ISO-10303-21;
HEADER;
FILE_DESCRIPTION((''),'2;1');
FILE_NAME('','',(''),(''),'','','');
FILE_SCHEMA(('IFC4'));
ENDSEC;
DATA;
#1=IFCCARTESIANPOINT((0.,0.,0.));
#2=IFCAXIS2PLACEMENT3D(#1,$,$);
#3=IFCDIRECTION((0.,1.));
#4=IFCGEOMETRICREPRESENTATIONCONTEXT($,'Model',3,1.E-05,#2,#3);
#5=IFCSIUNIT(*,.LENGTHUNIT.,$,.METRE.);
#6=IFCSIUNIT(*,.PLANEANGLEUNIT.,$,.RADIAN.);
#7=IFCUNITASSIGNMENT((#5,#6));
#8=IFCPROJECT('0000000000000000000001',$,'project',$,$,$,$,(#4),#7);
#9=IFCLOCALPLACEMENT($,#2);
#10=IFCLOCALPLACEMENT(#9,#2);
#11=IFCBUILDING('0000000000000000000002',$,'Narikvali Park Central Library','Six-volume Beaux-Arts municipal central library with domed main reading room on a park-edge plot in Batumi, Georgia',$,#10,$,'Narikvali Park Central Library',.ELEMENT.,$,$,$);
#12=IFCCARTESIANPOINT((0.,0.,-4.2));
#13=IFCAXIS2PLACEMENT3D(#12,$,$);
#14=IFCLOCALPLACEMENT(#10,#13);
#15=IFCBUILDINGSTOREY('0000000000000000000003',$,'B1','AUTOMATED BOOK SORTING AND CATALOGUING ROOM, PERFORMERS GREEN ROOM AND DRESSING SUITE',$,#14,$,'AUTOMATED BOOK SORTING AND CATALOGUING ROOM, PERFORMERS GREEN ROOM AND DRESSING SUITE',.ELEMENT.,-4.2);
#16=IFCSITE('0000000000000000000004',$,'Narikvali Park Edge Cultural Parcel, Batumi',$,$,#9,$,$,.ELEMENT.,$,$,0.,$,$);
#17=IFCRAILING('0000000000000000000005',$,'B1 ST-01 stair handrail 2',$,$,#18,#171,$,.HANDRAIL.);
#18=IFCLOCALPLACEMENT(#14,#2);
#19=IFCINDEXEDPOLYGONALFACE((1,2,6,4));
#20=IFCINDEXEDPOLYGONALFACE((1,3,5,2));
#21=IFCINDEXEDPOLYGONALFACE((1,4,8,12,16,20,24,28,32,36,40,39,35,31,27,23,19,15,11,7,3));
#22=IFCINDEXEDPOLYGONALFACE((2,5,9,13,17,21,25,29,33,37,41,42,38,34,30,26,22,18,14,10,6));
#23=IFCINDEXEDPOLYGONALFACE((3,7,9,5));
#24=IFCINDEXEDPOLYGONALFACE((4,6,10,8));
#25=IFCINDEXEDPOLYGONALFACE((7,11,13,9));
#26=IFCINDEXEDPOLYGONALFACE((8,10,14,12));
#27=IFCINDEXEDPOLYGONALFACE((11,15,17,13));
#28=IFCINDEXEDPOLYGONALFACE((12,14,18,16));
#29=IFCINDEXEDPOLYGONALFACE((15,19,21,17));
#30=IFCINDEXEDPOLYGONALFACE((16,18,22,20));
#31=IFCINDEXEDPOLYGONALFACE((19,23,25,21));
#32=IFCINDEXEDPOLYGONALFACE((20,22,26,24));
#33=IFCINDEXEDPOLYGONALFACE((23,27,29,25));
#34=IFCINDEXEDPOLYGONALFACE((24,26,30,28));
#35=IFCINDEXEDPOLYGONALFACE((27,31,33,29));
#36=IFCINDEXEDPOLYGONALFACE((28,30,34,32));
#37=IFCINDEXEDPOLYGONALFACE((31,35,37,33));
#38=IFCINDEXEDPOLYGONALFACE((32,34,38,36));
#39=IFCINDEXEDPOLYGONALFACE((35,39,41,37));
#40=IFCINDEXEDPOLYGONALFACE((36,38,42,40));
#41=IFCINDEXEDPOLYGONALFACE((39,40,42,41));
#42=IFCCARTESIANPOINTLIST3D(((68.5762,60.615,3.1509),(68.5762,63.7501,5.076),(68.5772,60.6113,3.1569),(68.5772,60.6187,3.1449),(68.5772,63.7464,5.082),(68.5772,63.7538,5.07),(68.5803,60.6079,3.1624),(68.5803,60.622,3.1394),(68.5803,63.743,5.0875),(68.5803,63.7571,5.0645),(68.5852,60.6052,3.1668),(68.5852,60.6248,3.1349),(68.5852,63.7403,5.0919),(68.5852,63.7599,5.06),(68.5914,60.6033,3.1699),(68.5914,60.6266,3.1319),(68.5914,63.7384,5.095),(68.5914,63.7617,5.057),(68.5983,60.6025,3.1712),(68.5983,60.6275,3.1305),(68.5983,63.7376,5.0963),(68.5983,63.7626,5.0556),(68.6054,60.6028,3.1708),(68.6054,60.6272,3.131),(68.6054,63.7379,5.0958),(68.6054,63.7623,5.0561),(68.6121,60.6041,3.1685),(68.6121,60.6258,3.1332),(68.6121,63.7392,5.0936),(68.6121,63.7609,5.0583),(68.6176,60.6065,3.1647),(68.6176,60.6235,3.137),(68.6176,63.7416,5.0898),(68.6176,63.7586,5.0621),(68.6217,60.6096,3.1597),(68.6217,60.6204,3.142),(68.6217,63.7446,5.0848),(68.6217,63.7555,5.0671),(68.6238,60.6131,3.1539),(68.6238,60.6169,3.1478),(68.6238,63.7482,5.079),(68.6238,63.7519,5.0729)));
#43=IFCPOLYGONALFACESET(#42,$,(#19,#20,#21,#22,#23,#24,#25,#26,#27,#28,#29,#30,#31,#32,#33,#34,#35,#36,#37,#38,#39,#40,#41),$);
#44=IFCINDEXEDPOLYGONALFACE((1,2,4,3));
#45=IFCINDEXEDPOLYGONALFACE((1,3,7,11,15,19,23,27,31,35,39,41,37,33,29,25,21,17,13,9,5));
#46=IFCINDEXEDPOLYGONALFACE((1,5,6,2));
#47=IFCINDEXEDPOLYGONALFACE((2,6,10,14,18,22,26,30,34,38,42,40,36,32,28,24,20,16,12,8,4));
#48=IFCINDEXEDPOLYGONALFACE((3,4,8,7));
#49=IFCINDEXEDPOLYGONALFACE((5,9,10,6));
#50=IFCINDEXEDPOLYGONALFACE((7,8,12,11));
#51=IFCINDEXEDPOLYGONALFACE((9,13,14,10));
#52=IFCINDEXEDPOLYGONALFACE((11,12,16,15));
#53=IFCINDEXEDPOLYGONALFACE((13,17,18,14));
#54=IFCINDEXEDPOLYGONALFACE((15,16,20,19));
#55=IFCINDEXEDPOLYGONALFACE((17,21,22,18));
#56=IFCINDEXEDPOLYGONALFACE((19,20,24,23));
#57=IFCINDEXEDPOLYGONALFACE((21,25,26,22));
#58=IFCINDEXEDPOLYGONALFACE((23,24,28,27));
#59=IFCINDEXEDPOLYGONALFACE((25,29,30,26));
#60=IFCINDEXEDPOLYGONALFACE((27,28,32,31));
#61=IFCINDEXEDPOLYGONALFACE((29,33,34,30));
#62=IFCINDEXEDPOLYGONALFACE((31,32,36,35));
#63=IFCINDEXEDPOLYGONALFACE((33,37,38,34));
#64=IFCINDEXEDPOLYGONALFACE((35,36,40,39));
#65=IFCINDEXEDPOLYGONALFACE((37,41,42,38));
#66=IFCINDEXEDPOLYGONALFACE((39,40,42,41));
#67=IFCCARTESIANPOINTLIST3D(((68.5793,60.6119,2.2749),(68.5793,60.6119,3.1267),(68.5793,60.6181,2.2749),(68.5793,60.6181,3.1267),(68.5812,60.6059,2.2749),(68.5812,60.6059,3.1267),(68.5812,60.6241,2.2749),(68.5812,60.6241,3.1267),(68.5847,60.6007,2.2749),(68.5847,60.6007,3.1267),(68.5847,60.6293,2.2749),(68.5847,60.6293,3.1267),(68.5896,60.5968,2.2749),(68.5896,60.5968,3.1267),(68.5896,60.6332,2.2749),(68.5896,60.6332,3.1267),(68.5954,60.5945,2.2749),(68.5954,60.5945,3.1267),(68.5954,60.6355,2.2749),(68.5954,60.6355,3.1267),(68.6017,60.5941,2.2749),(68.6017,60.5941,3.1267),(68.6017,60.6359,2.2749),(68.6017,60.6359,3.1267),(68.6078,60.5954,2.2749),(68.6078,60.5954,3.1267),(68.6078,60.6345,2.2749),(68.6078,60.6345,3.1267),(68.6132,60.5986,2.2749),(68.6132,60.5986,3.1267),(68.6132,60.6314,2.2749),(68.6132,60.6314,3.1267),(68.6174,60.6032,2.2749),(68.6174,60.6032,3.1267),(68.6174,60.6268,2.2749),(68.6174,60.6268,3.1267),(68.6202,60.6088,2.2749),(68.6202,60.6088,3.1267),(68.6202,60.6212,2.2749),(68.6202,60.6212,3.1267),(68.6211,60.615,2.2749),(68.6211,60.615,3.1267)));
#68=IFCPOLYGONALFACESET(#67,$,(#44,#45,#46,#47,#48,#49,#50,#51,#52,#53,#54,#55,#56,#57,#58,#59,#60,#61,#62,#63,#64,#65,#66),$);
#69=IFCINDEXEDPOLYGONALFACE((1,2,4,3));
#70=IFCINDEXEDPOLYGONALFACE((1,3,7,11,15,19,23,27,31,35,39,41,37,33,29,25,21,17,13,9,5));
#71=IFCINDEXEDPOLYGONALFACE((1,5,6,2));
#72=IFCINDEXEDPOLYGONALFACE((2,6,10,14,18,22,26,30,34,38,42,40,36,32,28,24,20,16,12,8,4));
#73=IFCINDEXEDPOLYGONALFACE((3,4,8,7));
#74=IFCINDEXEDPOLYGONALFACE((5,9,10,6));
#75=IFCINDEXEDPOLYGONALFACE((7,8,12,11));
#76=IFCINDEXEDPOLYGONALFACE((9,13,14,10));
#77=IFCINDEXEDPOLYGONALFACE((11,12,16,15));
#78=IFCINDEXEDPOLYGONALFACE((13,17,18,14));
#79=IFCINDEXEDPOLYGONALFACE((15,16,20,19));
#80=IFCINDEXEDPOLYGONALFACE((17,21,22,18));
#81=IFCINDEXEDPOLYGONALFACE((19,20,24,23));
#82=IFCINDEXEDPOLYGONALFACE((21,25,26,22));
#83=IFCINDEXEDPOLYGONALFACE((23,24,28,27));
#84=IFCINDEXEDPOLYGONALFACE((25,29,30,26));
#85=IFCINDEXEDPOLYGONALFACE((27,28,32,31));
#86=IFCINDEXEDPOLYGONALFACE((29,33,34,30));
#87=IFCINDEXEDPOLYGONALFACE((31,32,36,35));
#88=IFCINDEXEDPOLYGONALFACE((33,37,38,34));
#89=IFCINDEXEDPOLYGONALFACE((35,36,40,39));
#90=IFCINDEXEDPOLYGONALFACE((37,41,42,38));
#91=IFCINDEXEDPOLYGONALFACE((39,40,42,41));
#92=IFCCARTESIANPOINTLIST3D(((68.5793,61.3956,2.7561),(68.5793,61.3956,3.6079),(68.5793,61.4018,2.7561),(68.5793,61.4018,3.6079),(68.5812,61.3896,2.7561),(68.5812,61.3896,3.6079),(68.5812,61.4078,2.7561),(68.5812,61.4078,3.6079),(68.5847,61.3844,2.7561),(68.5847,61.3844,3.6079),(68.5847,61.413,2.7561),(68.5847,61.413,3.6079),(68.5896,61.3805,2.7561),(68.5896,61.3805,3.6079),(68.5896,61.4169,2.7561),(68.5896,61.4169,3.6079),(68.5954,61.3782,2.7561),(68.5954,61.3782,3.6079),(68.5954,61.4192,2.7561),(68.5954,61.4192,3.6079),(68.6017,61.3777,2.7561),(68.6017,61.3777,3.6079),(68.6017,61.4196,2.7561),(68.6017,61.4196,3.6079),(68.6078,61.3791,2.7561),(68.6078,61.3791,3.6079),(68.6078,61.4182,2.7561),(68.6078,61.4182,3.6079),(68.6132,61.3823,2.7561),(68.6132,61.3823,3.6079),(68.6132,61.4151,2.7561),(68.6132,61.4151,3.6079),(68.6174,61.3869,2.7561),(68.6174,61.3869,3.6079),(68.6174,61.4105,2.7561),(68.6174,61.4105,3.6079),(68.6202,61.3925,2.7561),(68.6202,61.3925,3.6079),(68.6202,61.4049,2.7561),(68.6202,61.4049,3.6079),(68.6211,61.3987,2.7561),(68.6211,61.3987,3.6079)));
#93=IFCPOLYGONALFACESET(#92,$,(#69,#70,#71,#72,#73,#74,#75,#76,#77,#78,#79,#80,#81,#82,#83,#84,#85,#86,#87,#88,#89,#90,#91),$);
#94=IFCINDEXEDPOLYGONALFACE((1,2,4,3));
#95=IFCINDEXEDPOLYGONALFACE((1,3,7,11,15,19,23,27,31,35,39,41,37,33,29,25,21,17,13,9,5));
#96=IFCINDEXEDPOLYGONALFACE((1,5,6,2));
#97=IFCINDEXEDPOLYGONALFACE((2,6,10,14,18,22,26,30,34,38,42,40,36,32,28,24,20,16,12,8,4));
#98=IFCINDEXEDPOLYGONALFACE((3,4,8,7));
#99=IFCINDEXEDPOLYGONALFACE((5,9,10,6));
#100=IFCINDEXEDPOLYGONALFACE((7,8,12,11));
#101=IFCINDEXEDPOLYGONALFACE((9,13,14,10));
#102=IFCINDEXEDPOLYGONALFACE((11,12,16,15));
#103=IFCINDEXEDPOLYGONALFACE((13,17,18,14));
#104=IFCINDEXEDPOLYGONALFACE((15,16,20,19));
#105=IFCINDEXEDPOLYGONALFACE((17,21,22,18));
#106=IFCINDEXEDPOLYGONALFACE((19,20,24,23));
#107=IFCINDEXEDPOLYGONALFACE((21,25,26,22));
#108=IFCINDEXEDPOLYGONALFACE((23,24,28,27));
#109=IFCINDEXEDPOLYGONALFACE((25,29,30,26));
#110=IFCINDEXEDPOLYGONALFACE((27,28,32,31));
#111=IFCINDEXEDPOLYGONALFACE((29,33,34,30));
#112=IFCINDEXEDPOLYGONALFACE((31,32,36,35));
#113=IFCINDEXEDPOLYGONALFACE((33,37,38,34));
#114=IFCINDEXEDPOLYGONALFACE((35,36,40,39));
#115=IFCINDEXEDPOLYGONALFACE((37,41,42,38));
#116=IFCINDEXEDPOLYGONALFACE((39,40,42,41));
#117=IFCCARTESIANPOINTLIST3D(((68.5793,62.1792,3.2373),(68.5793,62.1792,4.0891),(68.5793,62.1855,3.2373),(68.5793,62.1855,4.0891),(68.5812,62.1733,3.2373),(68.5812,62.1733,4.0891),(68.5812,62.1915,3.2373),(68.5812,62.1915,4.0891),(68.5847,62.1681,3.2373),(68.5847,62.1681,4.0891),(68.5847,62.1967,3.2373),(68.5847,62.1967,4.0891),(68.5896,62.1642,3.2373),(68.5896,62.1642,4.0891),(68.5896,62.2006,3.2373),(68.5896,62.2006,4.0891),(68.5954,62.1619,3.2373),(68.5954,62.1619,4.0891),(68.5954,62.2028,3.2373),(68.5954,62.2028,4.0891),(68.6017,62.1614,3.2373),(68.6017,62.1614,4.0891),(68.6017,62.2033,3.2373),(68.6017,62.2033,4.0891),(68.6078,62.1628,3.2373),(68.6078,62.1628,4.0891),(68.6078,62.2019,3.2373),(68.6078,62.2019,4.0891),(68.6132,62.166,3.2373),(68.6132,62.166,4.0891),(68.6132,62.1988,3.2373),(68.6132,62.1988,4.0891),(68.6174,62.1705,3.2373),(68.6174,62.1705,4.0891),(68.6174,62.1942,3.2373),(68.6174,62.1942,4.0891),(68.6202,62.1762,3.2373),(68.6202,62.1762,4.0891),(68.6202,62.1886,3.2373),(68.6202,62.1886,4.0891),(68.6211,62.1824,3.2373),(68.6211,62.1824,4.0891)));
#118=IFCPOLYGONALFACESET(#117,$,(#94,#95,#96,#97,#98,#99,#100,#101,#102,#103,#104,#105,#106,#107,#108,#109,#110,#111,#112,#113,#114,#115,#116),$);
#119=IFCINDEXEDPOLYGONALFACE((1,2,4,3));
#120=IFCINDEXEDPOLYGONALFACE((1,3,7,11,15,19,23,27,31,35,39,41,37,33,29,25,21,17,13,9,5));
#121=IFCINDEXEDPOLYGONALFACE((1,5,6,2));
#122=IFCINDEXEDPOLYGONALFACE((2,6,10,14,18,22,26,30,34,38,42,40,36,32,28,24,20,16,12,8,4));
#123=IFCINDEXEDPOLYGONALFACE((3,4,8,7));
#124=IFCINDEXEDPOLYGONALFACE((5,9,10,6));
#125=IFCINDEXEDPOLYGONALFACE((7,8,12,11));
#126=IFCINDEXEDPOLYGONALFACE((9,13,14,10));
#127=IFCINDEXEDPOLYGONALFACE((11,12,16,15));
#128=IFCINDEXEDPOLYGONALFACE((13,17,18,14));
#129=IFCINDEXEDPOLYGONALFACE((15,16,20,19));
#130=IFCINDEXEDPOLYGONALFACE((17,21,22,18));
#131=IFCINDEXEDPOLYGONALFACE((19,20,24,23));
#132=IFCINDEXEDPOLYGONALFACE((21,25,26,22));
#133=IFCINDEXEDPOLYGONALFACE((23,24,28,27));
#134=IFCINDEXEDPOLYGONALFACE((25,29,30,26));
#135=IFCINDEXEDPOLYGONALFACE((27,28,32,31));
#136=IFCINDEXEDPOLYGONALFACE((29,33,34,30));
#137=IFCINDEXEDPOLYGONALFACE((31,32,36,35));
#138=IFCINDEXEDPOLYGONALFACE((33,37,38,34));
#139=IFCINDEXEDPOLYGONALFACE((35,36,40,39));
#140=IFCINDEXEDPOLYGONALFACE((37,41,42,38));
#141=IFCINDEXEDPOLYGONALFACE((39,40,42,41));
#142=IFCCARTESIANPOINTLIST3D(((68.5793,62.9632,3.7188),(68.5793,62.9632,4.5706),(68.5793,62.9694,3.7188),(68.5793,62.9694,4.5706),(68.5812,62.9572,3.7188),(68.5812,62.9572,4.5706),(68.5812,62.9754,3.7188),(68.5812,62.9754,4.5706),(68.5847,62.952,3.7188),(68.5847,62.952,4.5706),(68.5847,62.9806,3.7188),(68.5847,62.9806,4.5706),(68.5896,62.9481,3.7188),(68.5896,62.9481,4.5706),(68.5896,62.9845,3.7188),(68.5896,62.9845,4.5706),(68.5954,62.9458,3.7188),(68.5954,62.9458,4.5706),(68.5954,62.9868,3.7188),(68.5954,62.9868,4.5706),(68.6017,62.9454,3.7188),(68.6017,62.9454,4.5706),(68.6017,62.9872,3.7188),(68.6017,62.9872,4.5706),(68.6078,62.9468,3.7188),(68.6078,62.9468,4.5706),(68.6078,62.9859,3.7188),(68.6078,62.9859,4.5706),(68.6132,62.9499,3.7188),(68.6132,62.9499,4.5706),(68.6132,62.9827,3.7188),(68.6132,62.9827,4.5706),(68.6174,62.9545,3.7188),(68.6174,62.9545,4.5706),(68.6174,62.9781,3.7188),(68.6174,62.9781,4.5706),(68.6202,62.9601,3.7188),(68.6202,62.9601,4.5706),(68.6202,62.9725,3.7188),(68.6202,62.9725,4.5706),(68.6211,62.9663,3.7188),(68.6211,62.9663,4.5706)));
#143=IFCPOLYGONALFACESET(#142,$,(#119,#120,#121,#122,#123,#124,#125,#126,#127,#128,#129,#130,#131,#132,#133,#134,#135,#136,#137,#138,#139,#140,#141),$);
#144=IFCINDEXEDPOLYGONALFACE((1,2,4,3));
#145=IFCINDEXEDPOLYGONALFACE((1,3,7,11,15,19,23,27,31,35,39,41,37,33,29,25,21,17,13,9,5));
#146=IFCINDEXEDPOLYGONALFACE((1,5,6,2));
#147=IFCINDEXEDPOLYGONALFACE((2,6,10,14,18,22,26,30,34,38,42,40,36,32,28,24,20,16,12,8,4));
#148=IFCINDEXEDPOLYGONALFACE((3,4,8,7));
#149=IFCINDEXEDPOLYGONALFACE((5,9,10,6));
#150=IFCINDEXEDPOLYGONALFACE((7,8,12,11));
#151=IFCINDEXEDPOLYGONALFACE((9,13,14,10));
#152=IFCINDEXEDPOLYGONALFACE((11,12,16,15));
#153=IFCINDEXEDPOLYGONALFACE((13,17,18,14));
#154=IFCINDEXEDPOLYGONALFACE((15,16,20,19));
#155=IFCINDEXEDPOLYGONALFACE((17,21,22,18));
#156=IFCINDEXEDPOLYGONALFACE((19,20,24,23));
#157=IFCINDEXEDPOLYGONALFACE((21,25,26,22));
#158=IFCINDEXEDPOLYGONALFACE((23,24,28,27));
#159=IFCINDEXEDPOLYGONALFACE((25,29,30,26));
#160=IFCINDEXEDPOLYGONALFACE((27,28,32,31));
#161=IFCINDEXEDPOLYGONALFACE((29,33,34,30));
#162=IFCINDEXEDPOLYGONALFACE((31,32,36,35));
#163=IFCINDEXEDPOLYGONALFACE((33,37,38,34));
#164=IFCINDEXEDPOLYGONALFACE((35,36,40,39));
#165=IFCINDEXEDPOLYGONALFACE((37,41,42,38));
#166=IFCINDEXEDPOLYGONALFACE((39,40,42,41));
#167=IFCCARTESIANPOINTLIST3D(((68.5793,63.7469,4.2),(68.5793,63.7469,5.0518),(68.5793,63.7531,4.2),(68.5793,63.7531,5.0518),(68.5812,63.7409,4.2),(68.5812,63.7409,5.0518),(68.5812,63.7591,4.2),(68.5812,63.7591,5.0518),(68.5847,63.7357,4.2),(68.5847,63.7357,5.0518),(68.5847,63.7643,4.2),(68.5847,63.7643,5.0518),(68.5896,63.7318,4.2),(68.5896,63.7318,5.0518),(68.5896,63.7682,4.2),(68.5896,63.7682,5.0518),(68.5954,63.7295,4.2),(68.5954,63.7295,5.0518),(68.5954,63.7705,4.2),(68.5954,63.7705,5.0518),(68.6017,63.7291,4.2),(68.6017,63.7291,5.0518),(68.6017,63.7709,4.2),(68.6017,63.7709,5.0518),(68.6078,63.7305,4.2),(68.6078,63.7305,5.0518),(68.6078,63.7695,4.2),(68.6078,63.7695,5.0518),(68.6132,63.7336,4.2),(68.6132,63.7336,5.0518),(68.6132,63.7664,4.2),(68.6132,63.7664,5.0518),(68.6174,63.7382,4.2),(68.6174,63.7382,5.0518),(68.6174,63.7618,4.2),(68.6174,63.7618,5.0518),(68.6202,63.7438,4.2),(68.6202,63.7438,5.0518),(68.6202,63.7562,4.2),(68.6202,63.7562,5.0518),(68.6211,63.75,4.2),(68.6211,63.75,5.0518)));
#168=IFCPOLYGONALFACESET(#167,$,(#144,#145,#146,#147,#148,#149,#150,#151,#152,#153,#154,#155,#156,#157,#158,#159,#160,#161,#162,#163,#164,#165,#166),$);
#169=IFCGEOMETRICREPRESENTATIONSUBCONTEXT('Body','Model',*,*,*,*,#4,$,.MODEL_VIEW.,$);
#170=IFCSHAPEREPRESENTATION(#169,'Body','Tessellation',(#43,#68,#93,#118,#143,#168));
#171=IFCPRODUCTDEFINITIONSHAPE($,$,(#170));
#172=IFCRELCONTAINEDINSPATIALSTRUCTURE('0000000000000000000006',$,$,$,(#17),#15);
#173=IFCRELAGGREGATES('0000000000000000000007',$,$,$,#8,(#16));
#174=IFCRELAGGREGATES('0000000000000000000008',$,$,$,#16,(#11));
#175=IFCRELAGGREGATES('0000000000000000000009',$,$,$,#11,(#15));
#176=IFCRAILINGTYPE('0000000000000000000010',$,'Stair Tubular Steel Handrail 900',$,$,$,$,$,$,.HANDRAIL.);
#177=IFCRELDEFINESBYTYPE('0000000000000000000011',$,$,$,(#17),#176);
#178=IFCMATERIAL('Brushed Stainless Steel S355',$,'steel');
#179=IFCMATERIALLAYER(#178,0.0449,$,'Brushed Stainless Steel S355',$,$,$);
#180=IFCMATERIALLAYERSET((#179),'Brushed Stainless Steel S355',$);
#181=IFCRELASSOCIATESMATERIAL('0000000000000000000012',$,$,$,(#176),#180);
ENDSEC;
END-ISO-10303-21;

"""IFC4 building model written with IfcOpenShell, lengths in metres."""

from ifc_helpers import new_model, si_unit, direction, frame, origin, origin_2d, place, context, subcontext, project, spatial, circle, extrude, material, layer, layer_set, type_object, element, save


model = new_model("IFC4")

# Units and contexts
model_context = context("Model", 3, precision=1e-05, world=origin(), true_north=direction((0.0, 1.0)))
body_context = subcontext(model_context, "Body", "Model", "MODEL_VIEW")
ifc_project = project(units=[si_unit("LENGTHUNIT", "METRE"), si_unit("PLANEANGLEUNIT", "RADIAN")], contexts=[model_context])

# Site, building, storey
site_placement = place(None, origin())
site = spatial("IfcSite", under=ifc_project, at=site_placement, Name="Narikvali Park Edge Cultural Parcel, Batumi", CompositionType="ELEMENT", RefElevation=0.0)
building_placement = place(site_placement, origin())
building = spatial("IfcBuilding", under=site, at=building_placement, Name="Narikvali Park Central Library", Description="Six-volume Beaux-Arts municipal central library with domed main reading room on a park-edge plot in Batumi, Georgia", LongName="Narikvali Park Central Library", CompositionType="ELEMENT")
storey_placement = place(building_placement, frame((0.0, 0.0, -4.2)))
storey = spatial("IfcBuildingStorey", under=building, at=storey_placement, Name="B1", Description="AUTOMATED BOOK SORTING AND CATALOGUING ROOM, PERFORMERS GREEN ROOM AND DRESSING SUITE", LongName="AUTOMATED BOOK SORTING AND CATALOGUING ROOM, PERFORMERS GREEN ROOM AND DRESSING SUITE", CompositionType="ELEMENT", Elevation=-4.2)

# Shared definitions
ifc_material_1 = material(Name="Brushed Stainless Steel S355", Category="steel")

# Railing
ifc_layer_1 = layer(ifc_material_1, 0.0449, Name="Brushed Stainless Steel S355")
ifc_layer_set_1 = layer_set([ifc_layer_1], Name="Brushed Stainless Steel S355")
railing_type_1 = type_object("IfcRailingType", Name="Stair Tubular Steel Handrail 900", PredefinedType="HANDRAIL", material=ifc_layer_set_1)
railing_1_placement = place(storey_placement, frame((68.6001, 60.615, 2.2749)))
element("IfcRailing", 1, at=railing_1_placement, inside=storey, type_object=railing_type_1, Name="B1 ST-01 stair handrail 2", PredefinedType="HANDRAIL", context=body_context, shape_type="SweptSolid", body=[
    extrude(circle(Radius=0.0239, at=origin_2d()), frame((0.0, 0.0, 0.876), z_axis=(0.0, 0.852166, 0.523271), x_axis=(-1.0, 0.0, 0.0)), (0.0, 0.0, 1.0), 3.679),
    extrude(circle(Radius=0.021, at=origin_2d()), origin(), (0.0, 0.0, 1.0), 0.8518),
    extrude(circle(Radius=0.021, at=origin_2d()), frame((0.0, 0.7837, 0.4812)), (0.0, 0.0, 1.0), 0.8518),
    extrude(circle(Radius=0.021, at=origin_2d()), frame((0.0, 1.5674, 0.9624)), (0.0, 0.0, 1.0), 0.8518),
    extrude(circle(Radius=0.021, at=origin_2d()), frame((0.0, 2.3513, 1.4438)), (0.0, 0.0, 1.0), 0.8518),
    extrude(circle(Radius=0.021, at=origin_2d()), frame((0.0, 3.135, 1.925)), (0.0, 0.0, 1.0), 0.8518),
])

save(model, "model.ifc")
